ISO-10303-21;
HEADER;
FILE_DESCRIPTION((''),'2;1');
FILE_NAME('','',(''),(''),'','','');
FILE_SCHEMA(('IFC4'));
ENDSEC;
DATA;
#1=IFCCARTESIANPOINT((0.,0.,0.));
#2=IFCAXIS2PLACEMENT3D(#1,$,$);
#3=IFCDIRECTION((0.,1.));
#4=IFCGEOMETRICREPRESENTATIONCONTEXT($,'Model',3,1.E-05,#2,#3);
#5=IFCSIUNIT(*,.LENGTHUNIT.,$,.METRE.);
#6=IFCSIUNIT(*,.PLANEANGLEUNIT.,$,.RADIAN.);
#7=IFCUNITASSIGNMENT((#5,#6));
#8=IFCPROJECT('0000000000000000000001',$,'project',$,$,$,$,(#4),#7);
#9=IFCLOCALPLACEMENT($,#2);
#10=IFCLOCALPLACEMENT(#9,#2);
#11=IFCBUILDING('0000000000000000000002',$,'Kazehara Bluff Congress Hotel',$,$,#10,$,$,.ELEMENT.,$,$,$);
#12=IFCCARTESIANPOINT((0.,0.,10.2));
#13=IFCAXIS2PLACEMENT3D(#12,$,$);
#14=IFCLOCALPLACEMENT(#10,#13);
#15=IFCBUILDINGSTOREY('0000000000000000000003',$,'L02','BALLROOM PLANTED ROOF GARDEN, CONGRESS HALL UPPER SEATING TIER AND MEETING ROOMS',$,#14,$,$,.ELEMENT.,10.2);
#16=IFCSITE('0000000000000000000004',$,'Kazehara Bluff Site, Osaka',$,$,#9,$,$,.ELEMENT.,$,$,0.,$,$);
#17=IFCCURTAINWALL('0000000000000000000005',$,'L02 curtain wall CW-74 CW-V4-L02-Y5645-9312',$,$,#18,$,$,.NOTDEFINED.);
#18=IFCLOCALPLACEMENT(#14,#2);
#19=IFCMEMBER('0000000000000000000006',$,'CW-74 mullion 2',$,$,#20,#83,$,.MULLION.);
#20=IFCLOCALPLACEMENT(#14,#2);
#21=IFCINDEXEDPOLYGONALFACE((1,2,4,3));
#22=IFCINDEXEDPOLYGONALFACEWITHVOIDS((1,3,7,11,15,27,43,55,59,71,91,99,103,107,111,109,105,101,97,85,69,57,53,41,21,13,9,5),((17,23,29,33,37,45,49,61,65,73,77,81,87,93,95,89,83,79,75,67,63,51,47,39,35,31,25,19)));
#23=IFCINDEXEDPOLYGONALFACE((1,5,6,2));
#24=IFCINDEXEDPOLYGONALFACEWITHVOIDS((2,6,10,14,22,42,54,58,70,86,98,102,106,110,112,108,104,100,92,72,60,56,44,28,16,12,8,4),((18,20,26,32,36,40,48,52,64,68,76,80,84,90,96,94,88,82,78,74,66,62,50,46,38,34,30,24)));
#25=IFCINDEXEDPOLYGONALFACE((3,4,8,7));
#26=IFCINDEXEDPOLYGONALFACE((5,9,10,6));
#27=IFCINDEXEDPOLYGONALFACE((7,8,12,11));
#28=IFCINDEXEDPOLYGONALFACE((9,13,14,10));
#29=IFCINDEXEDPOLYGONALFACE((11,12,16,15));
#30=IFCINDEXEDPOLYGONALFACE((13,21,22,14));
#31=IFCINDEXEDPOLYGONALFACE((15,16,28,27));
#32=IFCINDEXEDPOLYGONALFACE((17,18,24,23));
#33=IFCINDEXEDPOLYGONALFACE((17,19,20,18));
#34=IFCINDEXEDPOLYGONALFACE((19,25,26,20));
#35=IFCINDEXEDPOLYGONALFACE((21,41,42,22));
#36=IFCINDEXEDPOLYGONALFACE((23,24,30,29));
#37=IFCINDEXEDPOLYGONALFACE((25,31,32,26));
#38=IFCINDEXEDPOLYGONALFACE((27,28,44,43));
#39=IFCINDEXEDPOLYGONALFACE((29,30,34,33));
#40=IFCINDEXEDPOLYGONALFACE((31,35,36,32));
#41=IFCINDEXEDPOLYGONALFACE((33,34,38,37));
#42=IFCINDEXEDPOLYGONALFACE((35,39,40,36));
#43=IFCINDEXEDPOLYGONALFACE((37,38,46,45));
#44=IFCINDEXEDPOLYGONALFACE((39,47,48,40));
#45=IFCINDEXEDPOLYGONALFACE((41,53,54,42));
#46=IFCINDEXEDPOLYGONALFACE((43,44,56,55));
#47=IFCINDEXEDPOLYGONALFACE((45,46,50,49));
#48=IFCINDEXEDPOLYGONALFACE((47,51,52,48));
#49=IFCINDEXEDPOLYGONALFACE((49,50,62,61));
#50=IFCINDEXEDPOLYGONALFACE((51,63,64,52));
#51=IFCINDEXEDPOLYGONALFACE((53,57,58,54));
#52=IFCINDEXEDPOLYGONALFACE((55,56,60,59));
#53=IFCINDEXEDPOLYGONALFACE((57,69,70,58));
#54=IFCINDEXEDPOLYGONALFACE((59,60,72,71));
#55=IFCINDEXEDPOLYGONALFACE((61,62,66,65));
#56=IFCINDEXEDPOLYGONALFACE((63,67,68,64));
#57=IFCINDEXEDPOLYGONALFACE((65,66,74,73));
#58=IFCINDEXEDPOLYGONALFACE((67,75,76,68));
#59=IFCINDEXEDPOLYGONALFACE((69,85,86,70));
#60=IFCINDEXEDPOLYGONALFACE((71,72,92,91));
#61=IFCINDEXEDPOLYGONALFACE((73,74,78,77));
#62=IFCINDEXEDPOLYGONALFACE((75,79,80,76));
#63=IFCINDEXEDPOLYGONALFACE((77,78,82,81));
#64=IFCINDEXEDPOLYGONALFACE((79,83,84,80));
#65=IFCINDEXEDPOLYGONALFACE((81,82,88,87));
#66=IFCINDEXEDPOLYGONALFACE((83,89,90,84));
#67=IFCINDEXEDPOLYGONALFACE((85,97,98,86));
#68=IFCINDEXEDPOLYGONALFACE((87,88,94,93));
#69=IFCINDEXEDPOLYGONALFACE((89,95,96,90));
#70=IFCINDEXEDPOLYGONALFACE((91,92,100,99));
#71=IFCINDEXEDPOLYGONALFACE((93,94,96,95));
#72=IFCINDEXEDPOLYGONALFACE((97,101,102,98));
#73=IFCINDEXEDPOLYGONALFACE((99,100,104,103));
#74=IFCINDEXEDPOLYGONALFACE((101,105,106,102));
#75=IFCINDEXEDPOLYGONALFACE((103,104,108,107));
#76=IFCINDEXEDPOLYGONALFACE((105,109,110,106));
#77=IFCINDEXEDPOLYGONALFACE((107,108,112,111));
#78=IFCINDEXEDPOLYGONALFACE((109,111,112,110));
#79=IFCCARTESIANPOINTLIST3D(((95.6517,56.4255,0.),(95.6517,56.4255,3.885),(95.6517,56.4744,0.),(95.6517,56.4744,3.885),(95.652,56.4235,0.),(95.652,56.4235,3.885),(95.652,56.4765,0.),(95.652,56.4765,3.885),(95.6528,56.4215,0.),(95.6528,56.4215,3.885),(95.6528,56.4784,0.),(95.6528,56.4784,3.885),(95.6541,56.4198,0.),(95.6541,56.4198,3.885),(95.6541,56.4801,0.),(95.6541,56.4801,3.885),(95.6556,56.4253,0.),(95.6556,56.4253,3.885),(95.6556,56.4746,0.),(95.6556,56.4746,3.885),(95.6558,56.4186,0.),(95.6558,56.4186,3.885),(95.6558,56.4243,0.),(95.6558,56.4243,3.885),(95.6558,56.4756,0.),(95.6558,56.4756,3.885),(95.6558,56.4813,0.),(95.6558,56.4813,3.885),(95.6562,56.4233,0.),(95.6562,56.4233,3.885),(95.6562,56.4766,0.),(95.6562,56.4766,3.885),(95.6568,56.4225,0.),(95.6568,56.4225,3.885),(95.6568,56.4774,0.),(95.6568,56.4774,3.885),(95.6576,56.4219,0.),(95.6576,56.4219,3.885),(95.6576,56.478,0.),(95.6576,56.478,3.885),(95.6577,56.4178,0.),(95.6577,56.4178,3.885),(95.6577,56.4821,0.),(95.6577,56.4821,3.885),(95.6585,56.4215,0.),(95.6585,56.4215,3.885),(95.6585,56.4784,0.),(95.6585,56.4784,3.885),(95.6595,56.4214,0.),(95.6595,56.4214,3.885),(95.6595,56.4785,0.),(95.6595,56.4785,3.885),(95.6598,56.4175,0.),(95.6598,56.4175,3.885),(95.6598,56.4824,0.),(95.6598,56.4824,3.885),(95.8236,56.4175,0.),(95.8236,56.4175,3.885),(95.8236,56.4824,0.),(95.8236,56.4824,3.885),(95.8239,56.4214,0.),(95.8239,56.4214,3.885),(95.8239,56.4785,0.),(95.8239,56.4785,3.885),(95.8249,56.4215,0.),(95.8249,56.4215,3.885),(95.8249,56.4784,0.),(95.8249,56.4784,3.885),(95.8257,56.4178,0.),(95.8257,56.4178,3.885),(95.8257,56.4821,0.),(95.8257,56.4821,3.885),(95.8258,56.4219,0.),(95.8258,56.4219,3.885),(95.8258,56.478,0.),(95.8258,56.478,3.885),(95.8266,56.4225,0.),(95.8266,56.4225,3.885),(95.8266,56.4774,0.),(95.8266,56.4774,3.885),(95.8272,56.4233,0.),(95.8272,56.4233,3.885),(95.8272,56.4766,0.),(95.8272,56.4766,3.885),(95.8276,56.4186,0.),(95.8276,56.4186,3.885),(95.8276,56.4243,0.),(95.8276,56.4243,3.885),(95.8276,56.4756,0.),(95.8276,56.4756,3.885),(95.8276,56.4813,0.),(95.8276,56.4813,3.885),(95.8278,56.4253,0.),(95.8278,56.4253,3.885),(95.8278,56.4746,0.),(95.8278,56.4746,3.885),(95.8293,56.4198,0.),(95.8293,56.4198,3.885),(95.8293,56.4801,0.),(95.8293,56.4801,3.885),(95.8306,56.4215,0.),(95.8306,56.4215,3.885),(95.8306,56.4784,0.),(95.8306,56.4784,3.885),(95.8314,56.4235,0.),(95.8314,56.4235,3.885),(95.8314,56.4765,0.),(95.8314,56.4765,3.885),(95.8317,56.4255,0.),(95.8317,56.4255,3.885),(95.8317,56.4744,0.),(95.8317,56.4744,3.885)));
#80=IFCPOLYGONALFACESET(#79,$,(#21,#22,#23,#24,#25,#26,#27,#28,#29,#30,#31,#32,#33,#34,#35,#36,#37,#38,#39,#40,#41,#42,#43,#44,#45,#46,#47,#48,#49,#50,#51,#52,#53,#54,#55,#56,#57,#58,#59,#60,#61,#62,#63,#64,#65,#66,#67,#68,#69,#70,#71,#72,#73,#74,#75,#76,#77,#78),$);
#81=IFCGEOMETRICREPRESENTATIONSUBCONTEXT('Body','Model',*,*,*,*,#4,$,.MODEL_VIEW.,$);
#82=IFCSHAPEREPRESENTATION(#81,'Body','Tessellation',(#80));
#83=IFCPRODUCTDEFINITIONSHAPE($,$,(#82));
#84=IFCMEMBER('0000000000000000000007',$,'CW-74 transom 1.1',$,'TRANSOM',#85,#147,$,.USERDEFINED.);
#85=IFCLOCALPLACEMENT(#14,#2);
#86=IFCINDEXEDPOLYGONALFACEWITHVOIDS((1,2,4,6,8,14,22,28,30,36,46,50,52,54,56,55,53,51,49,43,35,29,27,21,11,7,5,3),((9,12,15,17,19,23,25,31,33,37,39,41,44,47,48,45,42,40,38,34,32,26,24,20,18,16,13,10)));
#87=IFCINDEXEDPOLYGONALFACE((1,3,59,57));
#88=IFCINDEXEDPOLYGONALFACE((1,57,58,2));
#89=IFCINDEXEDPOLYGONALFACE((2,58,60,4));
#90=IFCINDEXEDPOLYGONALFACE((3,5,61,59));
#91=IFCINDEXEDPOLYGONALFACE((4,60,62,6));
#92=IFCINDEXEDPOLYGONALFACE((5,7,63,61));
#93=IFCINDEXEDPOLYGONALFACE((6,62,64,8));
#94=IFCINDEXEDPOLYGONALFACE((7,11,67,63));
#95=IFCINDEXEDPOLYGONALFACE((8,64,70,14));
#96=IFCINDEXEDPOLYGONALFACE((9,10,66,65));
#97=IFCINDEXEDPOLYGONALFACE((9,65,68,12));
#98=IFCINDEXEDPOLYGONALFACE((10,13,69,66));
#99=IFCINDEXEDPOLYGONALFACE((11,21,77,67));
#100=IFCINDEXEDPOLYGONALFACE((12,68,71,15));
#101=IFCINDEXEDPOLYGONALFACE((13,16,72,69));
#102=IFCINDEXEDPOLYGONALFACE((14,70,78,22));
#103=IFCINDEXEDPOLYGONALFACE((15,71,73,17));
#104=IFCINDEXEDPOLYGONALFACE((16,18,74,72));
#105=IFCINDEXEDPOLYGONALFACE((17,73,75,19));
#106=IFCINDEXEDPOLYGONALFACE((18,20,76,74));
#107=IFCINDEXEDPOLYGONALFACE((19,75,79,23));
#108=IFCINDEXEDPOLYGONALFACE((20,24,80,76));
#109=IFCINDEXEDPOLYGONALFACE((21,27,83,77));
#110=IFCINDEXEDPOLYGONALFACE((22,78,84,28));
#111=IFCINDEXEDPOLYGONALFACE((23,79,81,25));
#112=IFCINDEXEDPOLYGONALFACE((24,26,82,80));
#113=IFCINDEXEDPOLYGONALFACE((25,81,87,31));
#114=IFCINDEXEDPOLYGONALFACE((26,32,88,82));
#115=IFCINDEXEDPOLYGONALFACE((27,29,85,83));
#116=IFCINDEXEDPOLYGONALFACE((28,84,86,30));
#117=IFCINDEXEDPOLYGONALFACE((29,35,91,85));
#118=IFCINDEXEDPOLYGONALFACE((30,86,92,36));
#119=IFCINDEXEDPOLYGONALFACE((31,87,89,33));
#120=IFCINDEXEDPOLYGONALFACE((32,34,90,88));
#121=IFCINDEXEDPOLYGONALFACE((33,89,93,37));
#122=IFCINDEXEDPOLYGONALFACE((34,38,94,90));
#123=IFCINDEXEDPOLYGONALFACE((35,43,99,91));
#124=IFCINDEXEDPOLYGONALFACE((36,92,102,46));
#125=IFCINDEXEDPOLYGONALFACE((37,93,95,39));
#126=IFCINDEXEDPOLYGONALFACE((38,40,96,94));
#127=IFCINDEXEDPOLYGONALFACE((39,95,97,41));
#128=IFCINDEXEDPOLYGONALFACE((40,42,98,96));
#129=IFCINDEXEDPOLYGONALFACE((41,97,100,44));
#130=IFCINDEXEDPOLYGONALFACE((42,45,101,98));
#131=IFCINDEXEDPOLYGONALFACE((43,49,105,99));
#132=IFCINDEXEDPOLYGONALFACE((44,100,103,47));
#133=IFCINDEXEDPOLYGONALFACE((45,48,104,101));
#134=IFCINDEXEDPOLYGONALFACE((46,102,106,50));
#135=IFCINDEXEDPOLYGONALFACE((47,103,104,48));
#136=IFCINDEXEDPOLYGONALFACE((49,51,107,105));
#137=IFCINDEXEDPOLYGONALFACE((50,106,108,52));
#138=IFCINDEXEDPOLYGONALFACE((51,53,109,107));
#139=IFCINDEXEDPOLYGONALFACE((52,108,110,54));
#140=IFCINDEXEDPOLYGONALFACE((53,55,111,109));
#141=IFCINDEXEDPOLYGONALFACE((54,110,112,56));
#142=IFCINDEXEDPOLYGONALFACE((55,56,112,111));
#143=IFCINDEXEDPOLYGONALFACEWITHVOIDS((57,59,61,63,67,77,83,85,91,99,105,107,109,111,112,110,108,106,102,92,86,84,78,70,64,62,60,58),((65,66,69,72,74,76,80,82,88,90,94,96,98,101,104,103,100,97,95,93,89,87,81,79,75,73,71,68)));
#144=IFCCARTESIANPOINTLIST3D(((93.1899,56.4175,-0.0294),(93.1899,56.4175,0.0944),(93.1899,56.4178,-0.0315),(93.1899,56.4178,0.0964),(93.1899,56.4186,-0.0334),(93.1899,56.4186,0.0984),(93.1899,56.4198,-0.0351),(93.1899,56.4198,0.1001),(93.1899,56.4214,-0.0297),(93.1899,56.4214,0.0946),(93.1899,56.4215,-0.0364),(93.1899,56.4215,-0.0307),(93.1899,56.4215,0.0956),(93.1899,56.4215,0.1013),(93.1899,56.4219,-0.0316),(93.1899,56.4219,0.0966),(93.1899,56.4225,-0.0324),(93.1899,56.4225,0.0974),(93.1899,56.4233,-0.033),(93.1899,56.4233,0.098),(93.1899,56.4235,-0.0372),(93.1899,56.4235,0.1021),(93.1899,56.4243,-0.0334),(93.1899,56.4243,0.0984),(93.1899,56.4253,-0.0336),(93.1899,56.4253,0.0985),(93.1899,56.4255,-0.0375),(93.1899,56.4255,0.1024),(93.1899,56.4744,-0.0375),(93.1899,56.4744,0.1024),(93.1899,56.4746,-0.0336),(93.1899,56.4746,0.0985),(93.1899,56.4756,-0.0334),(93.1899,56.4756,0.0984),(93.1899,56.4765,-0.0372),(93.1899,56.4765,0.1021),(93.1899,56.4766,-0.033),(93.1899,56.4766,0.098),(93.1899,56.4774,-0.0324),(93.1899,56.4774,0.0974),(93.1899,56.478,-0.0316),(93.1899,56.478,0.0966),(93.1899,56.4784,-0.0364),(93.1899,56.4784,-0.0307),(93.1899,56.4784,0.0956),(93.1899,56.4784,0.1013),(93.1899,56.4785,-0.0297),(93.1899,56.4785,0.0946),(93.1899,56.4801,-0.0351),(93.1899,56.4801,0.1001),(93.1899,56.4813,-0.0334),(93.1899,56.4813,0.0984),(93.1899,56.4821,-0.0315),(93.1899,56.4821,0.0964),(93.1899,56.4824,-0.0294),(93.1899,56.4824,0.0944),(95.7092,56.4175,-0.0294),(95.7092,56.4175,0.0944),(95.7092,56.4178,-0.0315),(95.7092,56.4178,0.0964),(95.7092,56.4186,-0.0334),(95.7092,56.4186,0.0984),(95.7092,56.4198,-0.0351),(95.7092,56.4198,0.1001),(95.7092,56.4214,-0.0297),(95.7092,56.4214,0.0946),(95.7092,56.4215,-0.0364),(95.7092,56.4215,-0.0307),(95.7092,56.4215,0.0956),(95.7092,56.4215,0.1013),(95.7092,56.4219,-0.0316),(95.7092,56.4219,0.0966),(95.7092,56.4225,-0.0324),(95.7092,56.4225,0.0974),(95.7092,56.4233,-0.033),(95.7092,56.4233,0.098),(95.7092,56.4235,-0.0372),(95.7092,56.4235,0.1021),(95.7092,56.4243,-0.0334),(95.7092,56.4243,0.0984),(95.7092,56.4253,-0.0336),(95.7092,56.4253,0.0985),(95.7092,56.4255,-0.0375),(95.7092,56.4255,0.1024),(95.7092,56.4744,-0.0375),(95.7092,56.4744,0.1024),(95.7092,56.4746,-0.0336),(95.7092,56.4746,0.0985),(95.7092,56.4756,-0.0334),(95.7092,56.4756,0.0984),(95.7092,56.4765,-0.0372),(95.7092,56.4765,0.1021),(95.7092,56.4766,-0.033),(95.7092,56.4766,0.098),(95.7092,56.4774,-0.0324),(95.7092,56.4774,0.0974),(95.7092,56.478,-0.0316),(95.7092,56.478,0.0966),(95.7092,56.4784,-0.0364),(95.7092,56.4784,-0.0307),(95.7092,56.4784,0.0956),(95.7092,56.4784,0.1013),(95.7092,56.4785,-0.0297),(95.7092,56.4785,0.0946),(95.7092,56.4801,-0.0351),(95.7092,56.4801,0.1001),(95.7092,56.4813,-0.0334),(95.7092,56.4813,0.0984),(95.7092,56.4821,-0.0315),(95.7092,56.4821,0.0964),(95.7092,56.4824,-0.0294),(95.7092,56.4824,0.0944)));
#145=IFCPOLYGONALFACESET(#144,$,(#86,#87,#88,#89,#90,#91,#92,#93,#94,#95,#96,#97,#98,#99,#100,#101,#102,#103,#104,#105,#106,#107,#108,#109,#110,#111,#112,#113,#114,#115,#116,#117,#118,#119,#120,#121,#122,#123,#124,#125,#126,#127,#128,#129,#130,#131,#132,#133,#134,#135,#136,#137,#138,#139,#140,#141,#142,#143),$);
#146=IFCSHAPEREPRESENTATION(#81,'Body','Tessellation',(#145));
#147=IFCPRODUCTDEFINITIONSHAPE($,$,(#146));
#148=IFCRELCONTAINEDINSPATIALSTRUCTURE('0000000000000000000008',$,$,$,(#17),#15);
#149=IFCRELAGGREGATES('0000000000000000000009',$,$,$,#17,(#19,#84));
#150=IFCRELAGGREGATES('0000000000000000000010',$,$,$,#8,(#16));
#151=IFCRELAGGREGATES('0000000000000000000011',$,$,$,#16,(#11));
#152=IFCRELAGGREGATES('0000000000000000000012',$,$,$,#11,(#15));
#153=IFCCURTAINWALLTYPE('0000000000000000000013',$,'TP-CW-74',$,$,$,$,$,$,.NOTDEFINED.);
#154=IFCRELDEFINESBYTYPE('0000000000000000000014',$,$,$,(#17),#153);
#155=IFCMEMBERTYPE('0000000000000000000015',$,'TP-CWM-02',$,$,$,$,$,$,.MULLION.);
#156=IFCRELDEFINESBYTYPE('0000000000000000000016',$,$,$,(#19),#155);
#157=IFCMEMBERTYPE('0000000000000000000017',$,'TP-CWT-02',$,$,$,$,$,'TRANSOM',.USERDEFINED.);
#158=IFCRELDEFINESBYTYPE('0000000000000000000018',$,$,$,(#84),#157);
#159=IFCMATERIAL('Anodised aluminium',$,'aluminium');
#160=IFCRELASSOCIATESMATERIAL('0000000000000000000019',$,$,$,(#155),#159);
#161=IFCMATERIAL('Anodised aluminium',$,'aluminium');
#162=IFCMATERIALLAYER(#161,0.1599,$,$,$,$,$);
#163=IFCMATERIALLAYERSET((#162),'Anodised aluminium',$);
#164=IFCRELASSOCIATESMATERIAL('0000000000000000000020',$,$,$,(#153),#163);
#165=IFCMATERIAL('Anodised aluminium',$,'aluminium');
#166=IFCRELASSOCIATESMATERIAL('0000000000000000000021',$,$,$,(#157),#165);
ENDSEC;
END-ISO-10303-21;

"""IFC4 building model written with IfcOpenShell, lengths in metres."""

from ifc_helpers import new_model, si_unit, direction, frame, origin, origin_2d, place, context, subcontext, project, spatial, hollow_rectangle, extrude, material, layer, layer_set, material_profile, profile_set, type_object, element, aggregate, save


model = new_model("IFC4")

# Units and contexts
model_context = context("Model", 3, precision=1e-05, world=origin(), true_north=direction((0.0, 1.0)))
body_context = subcontext(model_context, "Body", "Model", "MODEL_VIEW")
ifc_project = project(units=[si_unit("LENGTHUNIT", "METRE"), si_unit("PLANEANGLEUNIT", "RADIAN")], contexts=[model_context])

# Site, building, storey
site_placement = place(None, origin())
site = spatial("IfcSite", under=ifc_project, at=site_placement, Name="Kazehara Bluff Site, Osaka", CompositionType="ELEMENT", RefElevation=0.0)
building_placement = place(site_placement, origin())
building = spatial("IfcBuilding", under=site, at=building_placement, Name="Kazehara Bluff Congress Hotel", CompositionType="ELEMENT")
storey_placement = place(building_placement, frame((0.0, 0.0, 10.2)))
storey = spatial("IfcBuildingStorey", under=building, at=storey_placement, Name="L02", Description="BALLROOM PLANTED ROOF GARDEN, CONGRESS HALL UPPER SEATING TIER AND MEETING ROOMS", CompositionType="ELEMENT", Elevation=10.2)

# Shared definitions
ifc_material_1 = material(Name="Anodised aluminium", Category="aluminium")
ifc_material_profile_1 = material_profile(ifc_material_1, hollow_rectangle(XDim=0.0649, YDim=0.1799, WallThickness=0.0039, InnerFilletRadius=0.0039, OuterFilletRadius=0.0081, at=origin_2d()))
ifc_profile_set_1 = profile_set([ifc_material_profile_1], Name="Anodised aluminium")
member_type_1 = type_object("IfcMemberType", Name="TP-CWM-02", PredefinedType="MULLION", material=ifc_profile_set_1)

# Curtain wall, members
ifc_material_2 = material(Name="Anodised aluminium", Category="aluminium")
ifc_layer_1 = layer(ifc_material_2, 0.1599)
ifc_layer_set_1 = layer_set([ifc_layer_1], Name="Anodised aluminium")
curtain_wall_type_1 = type_object("IfcCurtainWallType", Name="TP-CW-74", PredefinedType="NOTDEFINED", material=ifc_layer_set_1)
curtain_wall_1_placement = place(storey_placement, origin())
curtain_wall_1 = element("IfcCurtainWall", 1, at=curtain_wall_1_placement, inside=storey, type_object=curtain_wall_type_1, Name="L02 curtain wall CW-74 CW-V4-L02-Y5645-9312", PredefinedType="NOTDEFINED")
member_1_placement = place(storey_placement, frame((95.7417, 56.45, 0.0), z_axis=(0.0, 0.0, 1.0), x_axis=(0.0, 1.0, 0.0)))
member_1 = element("IfcMember", 2, at=member_1_placement, type_object=member_type_1, Name="CW-74 mullion 2", PredefinedType="MULLION", context=body_context, shape_type="SweptSolid", body=[
    extrude(hollow_rectangle(XDim=0.0649, YDim=0.1799, WallThickness=0.0039, InnerFilletRadius=0.0039, OuterFilletRadius=0.0081, at=origin_2d()), origin(), (0.0, 0.0, 1.0), 3.885),
])
ifc_material_3 = material(Name="Anodised aluminium", Category="aluminium")
ifc_material_profile_2 = material_profile(ifc_material_3, hollow_rectangle(XDim=0.0649, YDim=0.1399, WallThickness=0.0039, InnerFilletRadius=0.0039, OuterFilletRadius=0.0081, at=origin_2d()))
ifc_profile_set_2 = profile_set([ifc_material_profile_2], Name="Anodised aluminium")
member_type_2 = type_object("IfcMemberType", Name="TP-CWT-02", ElementType="TRANSOM", PredefinedType="USERDEFINED", material=ifc_profile_set_2)
member_2_placement = place(storey_placement, frame((93.1899, 56.45, 0.0325), z_axis=(1.0, 0.0, 0.0), x_axis=(0.0, 1.0, 0.0)))
member_2 = element("IfcMember", 3, at=member_2_placement, type_object=member_type_2, Name="CW-74 transom 1.1", ObjectType="TRANSOM", PredefinedType="USERDEFINED", context=body_context, shape_type="SweptSolid", body=[
    extrude(hollow_rectangle(XDim=0.0649, YDim=0.1399, WallThickness=0.0039, InnerFilletRadius=0.0039, OuterFilletRadius=0.0081, at=origin_2d()), origin(), (0.0, 0.0, 1.0), 2.5193),
])

aggregate(curtain_wall_1, [member_1, member_2])

save(model, "model.ifc")
